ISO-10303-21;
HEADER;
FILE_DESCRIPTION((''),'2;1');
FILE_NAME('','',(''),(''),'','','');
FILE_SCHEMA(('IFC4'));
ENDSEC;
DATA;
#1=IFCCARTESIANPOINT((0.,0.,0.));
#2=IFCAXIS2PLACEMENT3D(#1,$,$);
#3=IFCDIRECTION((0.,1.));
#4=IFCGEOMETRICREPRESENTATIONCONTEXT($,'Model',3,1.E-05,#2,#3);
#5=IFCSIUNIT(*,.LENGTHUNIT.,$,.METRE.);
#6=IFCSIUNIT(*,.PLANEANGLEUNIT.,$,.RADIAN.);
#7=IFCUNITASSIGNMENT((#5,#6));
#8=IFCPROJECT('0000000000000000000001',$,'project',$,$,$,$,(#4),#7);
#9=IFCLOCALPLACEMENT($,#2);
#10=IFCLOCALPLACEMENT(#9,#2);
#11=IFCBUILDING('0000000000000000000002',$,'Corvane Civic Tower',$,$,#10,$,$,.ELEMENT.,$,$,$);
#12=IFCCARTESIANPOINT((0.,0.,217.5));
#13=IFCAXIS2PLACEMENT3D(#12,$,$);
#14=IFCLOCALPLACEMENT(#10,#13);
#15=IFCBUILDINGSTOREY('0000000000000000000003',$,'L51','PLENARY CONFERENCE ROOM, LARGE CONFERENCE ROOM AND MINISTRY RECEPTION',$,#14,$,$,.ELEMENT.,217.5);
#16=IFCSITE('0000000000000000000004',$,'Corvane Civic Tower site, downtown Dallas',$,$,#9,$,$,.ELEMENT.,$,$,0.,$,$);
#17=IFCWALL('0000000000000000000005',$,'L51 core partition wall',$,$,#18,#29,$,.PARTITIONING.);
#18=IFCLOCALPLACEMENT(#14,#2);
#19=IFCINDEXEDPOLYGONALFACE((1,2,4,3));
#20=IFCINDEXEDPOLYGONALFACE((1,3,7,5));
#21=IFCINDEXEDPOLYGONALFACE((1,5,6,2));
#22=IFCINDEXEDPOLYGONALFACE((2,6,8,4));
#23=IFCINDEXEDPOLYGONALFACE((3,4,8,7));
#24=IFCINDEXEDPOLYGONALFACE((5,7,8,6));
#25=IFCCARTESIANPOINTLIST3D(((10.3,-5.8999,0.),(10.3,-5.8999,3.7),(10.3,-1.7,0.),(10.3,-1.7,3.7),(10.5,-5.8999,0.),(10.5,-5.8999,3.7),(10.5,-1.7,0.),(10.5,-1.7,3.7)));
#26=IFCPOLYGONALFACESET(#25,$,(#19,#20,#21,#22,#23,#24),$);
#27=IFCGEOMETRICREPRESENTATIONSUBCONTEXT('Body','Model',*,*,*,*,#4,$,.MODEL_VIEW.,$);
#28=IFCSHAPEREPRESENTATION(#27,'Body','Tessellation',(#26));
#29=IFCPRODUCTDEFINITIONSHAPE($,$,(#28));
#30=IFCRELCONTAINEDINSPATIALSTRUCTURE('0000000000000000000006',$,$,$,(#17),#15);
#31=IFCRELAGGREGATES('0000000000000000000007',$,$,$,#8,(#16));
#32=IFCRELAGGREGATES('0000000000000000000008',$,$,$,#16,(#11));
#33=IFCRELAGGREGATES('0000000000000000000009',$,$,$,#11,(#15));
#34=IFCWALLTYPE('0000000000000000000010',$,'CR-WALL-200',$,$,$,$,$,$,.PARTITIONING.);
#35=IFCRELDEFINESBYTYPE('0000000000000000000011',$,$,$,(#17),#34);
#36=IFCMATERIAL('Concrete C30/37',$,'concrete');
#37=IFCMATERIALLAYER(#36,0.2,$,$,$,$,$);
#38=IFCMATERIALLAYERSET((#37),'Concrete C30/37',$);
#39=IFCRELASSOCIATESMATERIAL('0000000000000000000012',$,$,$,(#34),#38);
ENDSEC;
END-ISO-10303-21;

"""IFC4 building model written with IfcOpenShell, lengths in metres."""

from ifc_helpers import new_model, si_unit, direction, frame, origin, place, context, subcontext, project, spatial, polyline, outline, extrude, material, layer, layer_set, type_object, element, save


model = new_model("IFC4")

# Units and contexts
model_context = context("Model", 3, precision=1e-05, world=origin(), true_north=direction((0.0, 1.0)))
body_context = subcontext(model_context, "Body", "Model", "MODEL_VIEW")
ifc_project = project(units=[si_unit("LENGTHUNIT", "METRE"), si_unit("PLANEANGLEUNIT", "RADIAN")], contexts=[model_context])

# Site, building, storey
site_placement = place(None, origin())
site = spatial("IfcSite", under=ifc_project, at=site_placement, Name="Corvane Civic Tower site, downtown Dallas", CompositionType="ELEMENT", RefElevation=0.0)
building_placement = place(site_placement, origin())
building = spatial("IfcBuilding", under=site, at=building_placement, Name="Corvane Civic Tower", CompositionType="ELEMENT")
storey_placement = place(building_placement, frame((0.0, 0.0, 217.5)))
storey = spatial("IfcBuildingStorey", under=building, at=storey_placement, Name="L51", Description="PLENARY CONFERENCE ROOM, LARGE CONFERENCE ROOM AND MINISTRY RECEPTION", CompositionType="ELEMENT", Elevation=217.5)

# Shared definitions
ifc_material_1 = material(Name="Concrete C30/37", Category="concrete")
ifc_layer_1 = layer(ifc_material_1, 0.2)
ifc_layer_set_1 = layer_set([ifc_layer_1], Name="Concrete C30/37")
wall_type = type_object("IfcWallType", Name="CR-WALL-200", PredefinedType="PARTITIONING", material=ifc_layer_set_1)

# Wall
wall_1_placement = place(storey_placement, origin())
element("IfcWall", 1, at=wall_1_placement, inside=storey, type_object=wall_type, Name="L51 core partition wall", PredefinedType="PARTITIONING", context=body_context, shape_type="SweptSolid", body=[
    extrude(outline(polyline([(10.5, -1.7), (10.5, -5.8999), (10.3, -5.8999), (10.3, -1.7), (10.5, -1.7)])), origin(), (0.0, 0.0, 1.0), 3.7),
])

save(model, "model.ifc")
